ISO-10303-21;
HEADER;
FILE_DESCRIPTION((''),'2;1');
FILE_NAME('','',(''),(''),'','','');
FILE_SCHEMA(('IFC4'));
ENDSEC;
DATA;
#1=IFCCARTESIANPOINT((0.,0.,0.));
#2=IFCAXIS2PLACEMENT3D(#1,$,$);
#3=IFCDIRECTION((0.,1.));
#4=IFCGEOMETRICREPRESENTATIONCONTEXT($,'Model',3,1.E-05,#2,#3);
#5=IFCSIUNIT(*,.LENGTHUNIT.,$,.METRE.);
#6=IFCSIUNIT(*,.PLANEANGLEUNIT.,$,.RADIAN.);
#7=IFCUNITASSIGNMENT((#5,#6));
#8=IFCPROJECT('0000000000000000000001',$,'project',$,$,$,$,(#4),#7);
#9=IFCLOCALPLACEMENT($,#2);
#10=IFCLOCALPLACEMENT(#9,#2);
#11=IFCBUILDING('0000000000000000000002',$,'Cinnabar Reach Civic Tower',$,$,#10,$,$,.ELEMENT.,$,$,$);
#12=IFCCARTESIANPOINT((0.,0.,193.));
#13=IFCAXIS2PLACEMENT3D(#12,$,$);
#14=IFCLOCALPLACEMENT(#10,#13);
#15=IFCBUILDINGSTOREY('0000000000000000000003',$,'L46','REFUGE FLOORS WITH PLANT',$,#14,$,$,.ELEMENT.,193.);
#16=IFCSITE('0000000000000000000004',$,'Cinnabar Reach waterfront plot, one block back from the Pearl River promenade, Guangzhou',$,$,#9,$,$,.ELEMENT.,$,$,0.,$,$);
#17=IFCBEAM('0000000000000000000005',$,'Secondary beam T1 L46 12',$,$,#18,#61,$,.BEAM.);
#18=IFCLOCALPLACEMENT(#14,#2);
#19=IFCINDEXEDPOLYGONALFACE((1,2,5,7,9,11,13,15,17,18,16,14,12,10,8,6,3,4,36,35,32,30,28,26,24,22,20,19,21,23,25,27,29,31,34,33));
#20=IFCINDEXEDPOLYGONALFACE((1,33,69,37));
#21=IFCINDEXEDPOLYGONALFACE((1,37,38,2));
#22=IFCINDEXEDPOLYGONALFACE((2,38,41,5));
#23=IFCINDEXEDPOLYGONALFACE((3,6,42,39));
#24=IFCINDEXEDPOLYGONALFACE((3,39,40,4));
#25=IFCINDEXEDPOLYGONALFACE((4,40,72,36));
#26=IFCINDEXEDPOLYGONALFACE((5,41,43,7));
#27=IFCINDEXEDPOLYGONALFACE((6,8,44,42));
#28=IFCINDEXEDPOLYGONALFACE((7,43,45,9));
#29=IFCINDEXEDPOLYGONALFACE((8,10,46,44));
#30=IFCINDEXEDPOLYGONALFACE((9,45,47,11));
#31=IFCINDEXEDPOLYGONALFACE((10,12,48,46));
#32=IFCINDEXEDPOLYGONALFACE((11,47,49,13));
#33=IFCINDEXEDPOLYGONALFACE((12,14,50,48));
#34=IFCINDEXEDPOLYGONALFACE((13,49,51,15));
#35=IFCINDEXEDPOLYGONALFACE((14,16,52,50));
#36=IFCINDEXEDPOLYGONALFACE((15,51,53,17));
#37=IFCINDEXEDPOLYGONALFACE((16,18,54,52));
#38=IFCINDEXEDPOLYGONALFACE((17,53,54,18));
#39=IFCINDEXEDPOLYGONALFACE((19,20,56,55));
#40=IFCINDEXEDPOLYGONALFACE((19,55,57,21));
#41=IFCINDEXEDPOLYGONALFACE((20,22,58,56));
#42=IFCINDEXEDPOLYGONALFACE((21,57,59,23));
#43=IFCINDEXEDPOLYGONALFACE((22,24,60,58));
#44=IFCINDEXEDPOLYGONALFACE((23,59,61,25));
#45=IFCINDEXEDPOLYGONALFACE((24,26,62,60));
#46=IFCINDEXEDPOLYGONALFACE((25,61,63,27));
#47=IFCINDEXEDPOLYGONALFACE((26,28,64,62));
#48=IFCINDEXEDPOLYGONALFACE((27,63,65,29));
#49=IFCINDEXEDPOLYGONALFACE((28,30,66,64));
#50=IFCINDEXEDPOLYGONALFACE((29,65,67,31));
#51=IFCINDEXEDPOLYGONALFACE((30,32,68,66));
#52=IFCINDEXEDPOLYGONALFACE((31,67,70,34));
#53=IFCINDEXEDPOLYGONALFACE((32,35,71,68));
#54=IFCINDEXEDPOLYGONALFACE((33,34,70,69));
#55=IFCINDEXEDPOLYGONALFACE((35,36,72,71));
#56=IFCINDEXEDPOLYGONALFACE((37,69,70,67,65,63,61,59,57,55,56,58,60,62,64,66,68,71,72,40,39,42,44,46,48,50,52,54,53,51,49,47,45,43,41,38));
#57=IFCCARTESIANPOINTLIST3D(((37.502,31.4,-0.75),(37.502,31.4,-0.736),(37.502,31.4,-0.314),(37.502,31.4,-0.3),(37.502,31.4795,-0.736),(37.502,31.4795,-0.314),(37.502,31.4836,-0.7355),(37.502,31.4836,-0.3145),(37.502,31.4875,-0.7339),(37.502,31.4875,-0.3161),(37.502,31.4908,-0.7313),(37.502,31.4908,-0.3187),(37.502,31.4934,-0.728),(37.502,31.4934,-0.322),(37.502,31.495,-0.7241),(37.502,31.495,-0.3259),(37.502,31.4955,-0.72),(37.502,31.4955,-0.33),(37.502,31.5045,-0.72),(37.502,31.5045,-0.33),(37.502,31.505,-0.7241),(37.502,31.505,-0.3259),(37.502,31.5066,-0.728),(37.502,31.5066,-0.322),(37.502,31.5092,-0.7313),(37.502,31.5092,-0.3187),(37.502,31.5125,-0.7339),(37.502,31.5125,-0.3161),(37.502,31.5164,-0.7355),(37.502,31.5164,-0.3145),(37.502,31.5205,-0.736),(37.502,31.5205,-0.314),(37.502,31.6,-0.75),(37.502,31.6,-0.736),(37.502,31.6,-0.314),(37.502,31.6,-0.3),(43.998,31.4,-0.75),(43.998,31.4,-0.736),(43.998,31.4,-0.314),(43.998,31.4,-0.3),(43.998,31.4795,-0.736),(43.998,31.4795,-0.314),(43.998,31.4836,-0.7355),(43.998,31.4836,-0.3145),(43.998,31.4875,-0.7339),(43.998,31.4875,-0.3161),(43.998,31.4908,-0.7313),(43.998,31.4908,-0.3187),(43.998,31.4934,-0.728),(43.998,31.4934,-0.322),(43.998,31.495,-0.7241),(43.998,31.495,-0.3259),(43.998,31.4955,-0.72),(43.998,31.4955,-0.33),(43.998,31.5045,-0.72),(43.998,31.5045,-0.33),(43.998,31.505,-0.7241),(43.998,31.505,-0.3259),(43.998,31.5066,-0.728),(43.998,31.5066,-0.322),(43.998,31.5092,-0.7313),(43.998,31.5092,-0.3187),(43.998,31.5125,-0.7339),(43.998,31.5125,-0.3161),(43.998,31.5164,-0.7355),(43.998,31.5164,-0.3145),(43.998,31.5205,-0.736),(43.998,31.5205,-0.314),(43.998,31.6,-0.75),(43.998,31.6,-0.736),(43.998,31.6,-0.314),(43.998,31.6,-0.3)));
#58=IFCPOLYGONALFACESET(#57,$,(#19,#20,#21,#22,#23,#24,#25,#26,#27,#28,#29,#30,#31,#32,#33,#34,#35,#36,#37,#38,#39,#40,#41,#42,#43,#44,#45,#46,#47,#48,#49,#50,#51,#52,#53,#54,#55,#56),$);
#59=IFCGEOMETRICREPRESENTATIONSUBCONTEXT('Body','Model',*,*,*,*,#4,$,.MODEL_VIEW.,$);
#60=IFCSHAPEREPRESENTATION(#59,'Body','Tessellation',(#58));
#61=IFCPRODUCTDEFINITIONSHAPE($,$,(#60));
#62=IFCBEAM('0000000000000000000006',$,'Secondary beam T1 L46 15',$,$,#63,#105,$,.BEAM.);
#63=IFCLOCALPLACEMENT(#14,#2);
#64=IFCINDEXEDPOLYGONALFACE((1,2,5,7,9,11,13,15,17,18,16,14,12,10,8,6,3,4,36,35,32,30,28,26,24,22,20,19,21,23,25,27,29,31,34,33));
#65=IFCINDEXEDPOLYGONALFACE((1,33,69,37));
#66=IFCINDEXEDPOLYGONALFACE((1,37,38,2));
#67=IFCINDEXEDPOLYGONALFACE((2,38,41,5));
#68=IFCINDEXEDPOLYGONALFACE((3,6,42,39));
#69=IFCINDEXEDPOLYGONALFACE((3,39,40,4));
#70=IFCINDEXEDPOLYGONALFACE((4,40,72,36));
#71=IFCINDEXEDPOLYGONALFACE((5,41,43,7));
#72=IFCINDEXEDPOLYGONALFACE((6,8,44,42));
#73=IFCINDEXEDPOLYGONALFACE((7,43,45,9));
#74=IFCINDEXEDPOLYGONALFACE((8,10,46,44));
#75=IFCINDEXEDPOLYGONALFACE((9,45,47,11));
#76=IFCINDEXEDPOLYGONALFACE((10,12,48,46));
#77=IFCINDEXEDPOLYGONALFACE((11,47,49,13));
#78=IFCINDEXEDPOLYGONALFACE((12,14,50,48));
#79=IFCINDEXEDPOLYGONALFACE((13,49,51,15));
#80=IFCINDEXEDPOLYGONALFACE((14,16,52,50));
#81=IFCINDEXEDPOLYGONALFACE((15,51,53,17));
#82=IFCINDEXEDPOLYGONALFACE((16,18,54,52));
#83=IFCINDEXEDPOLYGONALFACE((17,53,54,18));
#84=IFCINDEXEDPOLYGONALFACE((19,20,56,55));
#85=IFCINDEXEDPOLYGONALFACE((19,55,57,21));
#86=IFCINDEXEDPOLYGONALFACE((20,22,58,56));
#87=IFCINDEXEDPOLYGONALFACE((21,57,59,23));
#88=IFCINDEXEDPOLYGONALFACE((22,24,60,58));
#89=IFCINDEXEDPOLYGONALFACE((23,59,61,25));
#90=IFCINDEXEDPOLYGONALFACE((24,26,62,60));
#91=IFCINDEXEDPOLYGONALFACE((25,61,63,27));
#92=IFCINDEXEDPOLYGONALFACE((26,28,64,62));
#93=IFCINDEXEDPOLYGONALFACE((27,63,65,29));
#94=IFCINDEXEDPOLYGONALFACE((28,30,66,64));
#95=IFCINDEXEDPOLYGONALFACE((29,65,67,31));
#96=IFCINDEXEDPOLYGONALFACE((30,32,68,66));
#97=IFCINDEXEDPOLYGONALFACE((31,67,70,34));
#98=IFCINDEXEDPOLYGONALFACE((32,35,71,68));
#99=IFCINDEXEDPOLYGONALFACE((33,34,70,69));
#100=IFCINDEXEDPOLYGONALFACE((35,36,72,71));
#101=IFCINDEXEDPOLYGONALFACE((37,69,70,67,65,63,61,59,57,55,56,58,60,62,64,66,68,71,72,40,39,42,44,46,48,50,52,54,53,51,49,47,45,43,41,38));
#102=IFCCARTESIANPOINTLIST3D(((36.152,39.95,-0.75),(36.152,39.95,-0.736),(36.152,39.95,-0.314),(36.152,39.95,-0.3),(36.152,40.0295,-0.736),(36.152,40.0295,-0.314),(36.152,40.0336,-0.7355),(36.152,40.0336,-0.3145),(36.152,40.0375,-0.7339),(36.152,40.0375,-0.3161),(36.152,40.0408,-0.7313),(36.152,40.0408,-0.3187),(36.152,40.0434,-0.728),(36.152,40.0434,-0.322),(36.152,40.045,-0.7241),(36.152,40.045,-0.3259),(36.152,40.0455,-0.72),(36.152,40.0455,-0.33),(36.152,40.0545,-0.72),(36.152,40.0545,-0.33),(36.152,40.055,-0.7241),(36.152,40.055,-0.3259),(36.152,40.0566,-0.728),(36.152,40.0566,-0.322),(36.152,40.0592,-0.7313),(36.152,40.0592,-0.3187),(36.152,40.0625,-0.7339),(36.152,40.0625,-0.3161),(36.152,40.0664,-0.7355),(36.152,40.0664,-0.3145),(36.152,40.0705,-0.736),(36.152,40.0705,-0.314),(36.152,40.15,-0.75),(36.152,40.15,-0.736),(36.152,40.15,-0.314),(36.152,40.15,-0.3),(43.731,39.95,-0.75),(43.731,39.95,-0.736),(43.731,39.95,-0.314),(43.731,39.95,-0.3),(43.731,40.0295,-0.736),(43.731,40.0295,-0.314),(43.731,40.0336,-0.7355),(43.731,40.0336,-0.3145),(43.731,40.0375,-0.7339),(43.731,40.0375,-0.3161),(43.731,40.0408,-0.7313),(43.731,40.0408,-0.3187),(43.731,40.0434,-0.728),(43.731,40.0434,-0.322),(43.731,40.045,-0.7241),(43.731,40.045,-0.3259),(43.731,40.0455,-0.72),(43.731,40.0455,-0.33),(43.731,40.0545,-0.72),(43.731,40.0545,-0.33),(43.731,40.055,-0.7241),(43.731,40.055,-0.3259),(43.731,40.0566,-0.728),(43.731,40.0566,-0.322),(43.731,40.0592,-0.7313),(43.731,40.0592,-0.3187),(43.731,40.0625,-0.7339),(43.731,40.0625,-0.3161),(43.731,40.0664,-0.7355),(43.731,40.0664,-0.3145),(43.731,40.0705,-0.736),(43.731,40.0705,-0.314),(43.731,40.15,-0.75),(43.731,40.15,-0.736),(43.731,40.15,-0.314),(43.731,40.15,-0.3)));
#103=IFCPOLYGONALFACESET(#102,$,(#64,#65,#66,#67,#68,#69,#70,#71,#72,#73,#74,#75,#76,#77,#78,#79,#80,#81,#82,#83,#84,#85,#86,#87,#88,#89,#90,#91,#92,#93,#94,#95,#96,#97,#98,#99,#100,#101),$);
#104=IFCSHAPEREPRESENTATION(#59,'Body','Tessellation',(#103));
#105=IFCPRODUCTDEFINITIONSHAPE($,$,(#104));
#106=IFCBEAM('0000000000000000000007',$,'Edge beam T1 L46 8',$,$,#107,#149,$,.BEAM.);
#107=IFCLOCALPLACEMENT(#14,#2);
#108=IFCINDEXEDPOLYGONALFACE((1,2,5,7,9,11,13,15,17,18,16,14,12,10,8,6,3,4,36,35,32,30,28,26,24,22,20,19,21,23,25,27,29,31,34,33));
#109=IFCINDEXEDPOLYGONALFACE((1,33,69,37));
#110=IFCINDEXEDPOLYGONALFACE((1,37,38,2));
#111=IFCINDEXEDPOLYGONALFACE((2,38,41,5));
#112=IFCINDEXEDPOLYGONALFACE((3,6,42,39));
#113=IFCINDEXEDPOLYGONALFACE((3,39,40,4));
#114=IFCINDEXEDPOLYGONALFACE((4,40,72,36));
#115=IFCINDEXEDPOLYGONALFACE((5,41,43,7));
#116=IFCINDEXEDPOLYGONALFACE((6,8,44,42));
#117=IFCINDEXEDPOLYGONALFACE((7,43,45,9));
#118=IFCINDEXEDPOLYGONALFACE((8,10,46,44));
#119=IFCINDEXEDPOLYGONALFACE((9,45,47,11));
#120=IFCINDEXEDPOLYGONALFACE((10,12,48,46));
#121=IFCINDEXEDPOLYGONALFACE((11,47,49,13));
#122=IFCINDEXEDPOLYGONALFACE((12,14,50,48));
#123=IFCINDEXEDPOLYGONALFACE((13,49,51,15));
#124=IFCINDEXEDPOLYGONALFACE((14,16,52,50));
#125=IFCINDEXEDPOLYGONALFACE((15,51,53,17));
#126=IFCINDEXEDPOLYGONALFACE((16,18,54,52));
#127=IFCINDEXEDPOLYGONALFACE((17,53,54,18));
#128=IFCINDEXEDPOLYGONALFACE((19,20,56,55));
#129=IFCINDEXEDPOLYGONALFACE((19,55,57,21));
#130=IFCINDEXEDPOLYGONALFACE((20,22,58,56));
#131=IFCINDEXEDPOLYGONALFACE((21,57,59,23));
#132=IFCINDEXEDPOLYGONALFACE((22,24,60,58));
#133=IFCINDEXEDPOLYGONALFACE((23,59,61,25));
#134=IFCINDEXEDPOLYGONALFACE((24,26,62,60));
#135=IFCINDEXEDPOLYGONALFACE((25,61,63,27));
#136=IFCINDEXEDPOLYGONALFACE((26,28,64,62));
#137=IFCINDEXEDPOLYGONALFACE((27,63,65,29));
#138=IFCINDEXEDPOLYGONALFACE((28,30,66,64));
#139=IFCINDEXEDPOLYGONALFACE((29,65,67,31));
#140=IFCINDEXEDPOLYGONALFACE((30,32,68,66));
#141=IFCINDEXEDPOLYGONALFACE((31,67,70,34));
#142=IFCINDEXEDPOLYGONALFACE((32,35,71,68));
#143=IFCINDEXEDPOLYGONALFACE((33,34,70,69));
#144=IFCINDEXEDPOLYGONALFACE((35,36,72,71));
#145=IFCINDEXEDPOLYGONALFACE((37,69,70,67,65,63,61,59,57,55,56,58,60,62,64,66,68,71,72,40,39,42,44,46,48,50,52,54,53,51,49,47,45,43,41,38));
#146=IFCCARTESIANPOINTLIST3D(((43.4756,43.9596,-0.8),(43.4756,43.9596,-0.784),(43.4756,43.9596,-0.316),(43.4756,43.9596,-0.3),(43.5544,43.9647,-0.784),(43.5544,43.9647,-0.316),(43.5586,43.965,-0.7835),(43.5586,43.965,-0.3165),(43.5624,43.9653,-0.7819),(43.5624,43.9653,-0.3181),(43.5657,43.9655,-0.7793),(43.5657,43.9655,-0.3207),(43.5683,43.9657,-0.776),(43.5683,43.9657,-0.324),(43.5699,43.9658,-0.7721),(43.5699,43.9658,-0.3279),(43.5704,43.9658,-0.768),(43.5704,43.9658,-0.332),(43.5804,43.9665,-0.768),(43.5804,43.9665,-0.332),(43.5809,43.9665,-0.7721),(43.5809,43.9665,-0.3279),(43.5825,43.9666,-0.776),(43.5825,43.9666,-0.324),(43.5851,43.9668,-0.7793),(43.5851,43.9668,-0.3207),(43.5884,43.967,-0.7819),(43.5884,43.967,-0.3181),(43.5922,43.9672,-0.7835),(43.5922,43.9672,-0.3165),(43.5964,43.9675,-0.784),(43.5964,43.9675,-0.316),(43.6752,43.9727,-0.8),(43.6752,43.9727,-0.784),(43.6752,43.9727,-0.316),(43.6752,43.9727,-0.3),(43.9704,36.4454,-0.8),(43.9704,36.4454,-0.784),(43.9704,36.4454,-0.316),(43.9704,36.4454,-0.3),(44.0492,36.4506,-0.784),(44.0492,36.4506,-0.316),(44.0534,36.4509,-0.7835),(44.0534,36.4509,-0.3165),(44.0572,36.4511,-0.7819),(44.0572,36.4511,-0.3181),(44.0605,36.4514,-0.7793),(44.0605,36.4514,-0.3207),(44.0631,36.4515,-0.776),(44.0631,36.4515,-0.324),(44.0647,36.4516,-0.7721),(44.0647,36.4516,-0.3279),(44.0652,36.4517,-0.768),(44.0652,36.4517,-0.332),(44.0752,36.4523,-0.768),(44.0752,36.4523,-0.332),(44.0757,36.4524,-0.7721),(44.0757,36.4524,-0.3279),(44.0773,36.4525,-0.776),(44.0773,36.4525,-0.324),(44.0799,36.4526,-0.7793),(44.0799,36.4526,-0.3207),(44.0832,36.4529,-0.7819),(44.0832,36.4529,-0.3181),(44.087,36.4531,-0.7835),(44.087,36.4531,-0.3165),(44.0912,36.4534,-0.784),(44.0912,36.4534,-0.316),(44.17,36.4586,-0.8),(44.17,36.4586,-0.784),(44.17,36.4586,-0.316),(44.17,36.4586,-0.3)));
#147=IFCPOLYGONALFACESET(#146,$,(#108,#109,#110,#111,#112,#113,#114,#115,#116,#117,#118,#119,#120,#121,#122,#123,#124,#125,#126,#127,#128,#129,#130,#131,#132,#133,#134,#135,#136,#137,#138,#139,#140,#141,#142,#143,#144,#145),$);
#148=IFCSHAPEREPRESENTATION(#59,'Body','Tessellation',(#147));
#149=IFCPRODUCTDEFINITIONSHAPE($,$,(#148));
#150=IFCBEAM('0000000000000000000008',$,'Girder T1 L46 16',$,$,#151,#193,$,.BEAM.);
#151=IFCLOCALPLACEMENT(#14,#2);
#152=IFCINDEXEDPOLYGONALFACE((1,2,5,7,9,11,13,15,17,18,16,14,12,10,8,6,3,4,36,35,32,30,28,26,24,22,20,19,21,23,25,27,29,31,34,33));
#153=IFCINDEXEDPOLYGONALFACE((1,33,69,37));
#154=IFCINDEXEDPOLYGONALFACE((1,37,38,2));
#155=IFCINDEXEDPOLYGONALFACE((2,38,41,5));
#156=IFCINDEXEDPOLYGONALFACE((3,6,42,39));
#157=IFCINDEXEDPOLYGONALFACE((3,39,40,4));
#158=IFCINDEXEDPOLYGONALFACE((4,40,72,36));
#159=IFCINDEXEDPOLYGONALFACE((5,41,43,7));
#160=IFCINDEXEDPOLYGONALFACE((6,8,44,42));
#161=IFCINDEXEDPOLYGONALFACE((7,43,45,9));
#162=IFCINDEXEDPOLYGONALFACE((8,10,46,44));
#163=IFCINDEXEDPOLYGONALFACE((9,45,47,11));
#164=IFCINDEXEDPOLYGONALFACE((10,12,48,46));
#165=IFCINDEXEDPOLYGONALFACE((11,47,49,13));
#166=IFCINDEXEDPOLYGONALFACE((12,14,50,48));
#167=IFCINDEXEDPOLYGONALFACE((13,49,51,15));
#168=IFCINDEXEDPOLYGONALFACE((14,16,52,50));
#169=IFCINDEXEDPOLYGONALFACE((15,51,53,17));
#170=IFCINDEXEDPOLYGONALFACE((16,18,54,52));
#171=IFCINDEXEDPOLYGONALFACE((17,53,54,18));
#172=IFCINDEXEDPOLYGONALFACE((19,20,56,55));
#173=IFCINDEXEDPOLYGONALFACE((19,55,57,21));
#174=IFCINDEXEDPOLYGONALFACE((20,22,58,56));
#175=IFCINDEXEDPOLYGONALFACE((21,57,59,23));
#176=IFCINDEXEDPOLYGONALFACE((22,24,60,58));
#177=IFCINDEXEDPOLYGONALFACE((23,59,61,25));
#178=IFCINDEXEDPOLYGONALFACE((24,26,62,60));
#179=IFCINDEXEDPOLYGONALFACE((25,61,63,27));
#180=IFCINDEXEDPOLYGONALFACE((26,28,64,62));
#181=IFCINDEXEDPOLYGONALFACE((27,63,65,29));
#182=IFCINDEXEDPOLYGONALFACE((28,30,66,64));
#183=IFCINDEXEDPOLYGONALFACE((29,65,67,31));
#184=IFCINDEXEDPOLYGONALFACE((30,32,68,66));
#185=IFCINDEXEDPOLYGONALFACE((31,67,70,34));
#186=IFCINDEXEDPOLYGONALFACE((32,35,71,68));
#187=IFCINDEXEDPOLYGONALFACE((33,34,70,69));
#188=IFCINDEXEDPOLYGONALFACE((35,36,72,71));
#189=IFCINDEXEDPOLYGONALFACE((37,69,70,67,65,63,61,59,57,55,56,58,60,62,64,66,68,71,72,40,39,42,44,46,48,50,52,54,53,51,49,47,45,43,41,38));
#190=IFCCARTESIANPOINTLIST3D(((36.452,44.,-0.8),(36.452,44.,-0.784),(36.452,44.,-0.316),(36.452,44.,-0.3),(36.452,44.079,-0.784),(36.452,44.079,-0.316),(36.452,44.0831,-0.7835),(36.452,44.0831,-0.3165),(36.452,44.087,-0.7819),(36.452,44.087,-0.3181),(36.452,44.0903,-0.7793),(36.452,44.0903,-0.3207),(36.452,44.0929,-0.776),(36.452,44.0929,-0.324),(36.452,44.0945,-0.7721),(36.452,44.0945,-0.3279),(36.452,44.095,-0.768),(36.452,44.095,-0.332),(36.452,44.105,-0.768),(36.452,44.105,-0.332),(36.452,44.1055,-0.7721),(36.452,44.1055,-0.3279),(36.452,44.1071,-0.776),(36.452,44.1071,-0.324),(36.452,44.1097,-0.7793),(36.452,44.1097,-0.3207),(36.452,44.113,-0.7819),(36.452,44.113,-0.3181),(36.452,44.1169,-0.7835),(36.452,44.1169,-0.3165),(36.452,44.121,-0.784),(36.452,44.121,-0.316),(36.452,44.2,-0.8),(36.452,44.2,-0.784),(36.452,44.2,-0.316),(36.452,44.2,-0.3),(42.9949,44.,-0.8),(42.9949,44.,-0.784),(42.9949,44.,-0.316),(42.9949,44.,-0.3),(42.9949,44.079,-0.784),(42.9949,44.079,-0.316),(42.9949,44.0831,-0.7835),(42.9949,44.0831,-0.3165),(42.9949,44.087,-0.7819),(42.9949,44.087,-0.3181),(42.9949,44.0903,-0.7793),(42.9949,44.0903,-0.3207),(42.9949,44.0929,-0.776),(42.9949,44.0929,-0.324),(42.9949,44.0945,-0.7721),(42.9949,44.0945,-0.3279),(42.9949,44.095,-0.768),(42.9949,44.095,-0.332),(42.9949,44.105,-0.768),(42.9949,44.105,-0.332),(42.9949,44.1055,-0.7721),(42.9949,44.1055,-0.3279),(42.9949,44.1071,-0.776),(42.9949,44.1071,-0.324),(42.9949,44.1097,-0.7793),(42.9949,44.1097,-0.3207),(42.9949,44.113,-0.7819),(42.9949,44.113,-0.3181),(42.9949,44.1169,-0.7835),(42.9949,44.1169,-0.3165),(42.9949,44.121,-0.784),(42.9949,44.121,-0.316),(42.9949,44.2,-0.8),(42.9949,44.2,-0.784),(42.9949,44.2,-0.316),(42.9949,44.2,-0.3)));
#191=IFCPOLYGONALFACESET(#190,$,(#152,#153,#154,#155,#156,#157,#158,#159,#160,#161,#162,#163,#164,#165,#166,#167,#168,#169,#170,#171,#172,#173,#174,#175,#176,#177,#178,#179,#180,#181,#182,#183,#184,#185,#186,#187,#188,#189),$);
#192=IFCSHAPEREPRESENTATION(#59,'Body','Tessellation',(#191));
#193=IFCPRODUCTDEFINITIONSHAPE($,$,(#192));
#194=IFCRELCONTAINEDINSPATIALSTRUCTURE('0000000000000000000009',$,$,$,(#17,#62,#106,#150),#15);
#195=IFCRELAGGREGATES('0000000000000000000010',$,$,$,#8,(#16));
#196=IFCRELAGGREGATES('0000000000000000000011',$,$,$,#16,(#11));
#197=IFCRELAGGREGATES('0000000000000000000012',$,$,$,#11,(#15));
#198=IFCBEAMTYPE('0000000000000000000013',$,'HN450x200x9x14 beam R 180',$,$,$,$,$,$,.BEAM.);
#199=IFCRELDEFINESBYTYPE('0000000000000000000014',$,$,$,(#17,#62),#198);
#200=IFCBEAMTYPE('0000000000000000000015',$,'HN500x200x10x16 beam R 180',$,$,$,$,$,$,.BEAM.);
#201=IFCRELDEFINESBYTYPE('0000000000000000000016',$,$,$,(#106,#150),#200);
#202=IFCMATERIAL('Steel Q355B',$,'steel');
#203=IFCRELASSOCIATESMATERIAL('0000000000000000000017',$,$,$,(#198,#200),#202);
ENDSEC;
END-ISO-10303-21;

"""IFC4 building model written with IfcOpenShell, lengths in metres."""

from ifc_helpers import new_model, si_unit, direction, frame, origin, origin_2d, place, context, subcontext, project, spatial, i_section, extrude, material, material_profile, profile_set, type_object, element, save


model = new_model("IFC4")

# Units and contexts
model_context = context("Model", 3, precision=1e-05, world=origin(), true_north=direction((0.0, 1.0)))
body_context = subcontext(model_context, "Body", "Model", "MODEL_VIEW")
ifc_project = project(units=[si_unit("LENGTHUNIT", "METRE"), si_unit("PLANEANGLEUNIT", "RADIAN")], contexts=[model_context])

# Site, building, storey
site_placement = place(None, origin())
site = spatial("IfcSite", under=ifc_project, at=site_placement, Name="Cinnabar Reach waterfront plot, one block back from the Pearl River promenade, Guangzhou", CompositionType="ELEMENT", RefElevation=0.0)
building_placement = place(site_placement, origin())
building = spatial("IfcBuilding", under=site, at=building_placement, Name="Cinnabar Reach Civic Tower", CompositionType="ELEMENT")
storey_placement = place(building_placement, frame((0.0, 0.0, 193.0)))
storey = spatial("IfcBuildingStorey", under=building, at=storey_placement, Name="L46", Description="REFUGE FLOORS WITH PLANT", CompositionType="ELEMENT", Elevation=193.0)

# Beams
ifc_material_1 = material(Name="Steel Q355B", Category="steel")
ifc_material_profile_1 = material_profile(ifc_material_1, i_section(OverallWidth=0.2, OverallDepth=0.45, WebThickness=0.009, FlangeThickness=0.014, FilletRadius=0.016, at=origin_2d()), Name="HN450x200x9x14")
ifc_profile_set_1 = profile_set([ifc_material_profile_1], Name="Steel Q355B")
beam_type_1 = type_object("IfcBeamType", Name="HN450x200x9x14 beam R 180", PredefinedType="BEAM", material=ifc_profile_set_1)
beam_1_placement = place(storey_placement, frame((37.502, 31.5, -0.525), z_axis=(1.0, 0.0, 0.0), x_axis=(0.0, 1.0, 0.0)))
element("IfcBeam", 1, at=beam_1_placement, inside=storey, type_object=beam_type_1, Name="Secondary beam T1 L46 12", PredefinedType="BEAM", context=body_context, shape_type="SweptSolid", body=[
    extrude(i_section(OverallWidth=0.2, OverallDepth=0.45, WebThickness=0.009, FlangeThickness=0.014, FilletRadius=0.016, at=origin_2d()), origin(), (0.0, 0.0, 1.0), 6.496),
])
beam_2_placement = place(storey_placement, frame((36.152, 40.05, -0.525), z_axis=(1.0, 0.0, 0.0), x_axis=(0.0, 1.0, 0.0)))
element("IfcBeam", 2, at=beam_2_placement, inside=storey, type_object=beam_type_1, Name="Secondary beam T1 L46 15", PredefinedType="BEAM", context=body_context, shape_type="SweptSolid", body=[
    extrude(i_section(OverallWidth=0.2, OverallDepth=0.45, WebThickness=0.009, FlangeThickness=0.014, FilletRadius=0.016, at=origin_2d()), origin(), (0.0, 0.0, 1.0), 7.579),
])
ifc_material_profile_2 = material_profile(ifc_material_1, i_section(OverallWidth=0.2, OverallDepth=0.5, WebThickness=0.01, FlangeThickness=0.016, FilletRadius=0.016, at=origin_2d()), Name="HN500x200x10x16")
ifc_profile_set_2 = profile_set([ifc_material_profile_2], Name="Steel Q355B")
beam_type_2 = type_object("IfcBeamType", Name="HN500x200x10x16 beam R 180", PredefinedType="BEAM", material=ifc_profile_set_2)
beam_3_placement = place(storey_placement, frame((44.0702, 36.452, -0.55), z_axis=(-0.065707, 0.997839, 0.0), x_axis=(-0.997839, -0.065707, 0.0)))
element("IfcBeam", 3, at=beam_3_placement, inside=storey, type_object=beam_type_2, Name="Edge beam T1 L46 8", PredefinedType="BEAM", context=body_context, shape_type="SweptSolid", body=[
    extrude(i_section(OverallWidth=0.2, OverallDepth=0.5, WebThickness=0.01, FlangeThickness=0.016, FilletRadius=0.016, at=origin_2d()), origin(), (0.0, 0.0, 1.0), 7.5304),
])
beam_4_placement = place(storey_placement, frame((36.452, 44.1, -0.55), z_axis=(1.0, 0.0, 0.0), x_axis=(0.0, 1.0, 0.0)))
element("IfcBeam", 4, at=beam_4_placement, inside=storey, type_object=beam_type_2, Name="Girder T1 L46 16", PredefinedType="BEAM", context=body_context, shape_type="SweptSolid", body=[
    extrude(i_section(OverallWidth=0.2, OverallDepth=0.5, WebThickness=0.01, FlangeThickness=0.016, FilletRadius=0.016, at=origin_2d()), origin(), (0.0, 0.0, 1.0), 6.5429),
])

save(model, "model.ifc")
